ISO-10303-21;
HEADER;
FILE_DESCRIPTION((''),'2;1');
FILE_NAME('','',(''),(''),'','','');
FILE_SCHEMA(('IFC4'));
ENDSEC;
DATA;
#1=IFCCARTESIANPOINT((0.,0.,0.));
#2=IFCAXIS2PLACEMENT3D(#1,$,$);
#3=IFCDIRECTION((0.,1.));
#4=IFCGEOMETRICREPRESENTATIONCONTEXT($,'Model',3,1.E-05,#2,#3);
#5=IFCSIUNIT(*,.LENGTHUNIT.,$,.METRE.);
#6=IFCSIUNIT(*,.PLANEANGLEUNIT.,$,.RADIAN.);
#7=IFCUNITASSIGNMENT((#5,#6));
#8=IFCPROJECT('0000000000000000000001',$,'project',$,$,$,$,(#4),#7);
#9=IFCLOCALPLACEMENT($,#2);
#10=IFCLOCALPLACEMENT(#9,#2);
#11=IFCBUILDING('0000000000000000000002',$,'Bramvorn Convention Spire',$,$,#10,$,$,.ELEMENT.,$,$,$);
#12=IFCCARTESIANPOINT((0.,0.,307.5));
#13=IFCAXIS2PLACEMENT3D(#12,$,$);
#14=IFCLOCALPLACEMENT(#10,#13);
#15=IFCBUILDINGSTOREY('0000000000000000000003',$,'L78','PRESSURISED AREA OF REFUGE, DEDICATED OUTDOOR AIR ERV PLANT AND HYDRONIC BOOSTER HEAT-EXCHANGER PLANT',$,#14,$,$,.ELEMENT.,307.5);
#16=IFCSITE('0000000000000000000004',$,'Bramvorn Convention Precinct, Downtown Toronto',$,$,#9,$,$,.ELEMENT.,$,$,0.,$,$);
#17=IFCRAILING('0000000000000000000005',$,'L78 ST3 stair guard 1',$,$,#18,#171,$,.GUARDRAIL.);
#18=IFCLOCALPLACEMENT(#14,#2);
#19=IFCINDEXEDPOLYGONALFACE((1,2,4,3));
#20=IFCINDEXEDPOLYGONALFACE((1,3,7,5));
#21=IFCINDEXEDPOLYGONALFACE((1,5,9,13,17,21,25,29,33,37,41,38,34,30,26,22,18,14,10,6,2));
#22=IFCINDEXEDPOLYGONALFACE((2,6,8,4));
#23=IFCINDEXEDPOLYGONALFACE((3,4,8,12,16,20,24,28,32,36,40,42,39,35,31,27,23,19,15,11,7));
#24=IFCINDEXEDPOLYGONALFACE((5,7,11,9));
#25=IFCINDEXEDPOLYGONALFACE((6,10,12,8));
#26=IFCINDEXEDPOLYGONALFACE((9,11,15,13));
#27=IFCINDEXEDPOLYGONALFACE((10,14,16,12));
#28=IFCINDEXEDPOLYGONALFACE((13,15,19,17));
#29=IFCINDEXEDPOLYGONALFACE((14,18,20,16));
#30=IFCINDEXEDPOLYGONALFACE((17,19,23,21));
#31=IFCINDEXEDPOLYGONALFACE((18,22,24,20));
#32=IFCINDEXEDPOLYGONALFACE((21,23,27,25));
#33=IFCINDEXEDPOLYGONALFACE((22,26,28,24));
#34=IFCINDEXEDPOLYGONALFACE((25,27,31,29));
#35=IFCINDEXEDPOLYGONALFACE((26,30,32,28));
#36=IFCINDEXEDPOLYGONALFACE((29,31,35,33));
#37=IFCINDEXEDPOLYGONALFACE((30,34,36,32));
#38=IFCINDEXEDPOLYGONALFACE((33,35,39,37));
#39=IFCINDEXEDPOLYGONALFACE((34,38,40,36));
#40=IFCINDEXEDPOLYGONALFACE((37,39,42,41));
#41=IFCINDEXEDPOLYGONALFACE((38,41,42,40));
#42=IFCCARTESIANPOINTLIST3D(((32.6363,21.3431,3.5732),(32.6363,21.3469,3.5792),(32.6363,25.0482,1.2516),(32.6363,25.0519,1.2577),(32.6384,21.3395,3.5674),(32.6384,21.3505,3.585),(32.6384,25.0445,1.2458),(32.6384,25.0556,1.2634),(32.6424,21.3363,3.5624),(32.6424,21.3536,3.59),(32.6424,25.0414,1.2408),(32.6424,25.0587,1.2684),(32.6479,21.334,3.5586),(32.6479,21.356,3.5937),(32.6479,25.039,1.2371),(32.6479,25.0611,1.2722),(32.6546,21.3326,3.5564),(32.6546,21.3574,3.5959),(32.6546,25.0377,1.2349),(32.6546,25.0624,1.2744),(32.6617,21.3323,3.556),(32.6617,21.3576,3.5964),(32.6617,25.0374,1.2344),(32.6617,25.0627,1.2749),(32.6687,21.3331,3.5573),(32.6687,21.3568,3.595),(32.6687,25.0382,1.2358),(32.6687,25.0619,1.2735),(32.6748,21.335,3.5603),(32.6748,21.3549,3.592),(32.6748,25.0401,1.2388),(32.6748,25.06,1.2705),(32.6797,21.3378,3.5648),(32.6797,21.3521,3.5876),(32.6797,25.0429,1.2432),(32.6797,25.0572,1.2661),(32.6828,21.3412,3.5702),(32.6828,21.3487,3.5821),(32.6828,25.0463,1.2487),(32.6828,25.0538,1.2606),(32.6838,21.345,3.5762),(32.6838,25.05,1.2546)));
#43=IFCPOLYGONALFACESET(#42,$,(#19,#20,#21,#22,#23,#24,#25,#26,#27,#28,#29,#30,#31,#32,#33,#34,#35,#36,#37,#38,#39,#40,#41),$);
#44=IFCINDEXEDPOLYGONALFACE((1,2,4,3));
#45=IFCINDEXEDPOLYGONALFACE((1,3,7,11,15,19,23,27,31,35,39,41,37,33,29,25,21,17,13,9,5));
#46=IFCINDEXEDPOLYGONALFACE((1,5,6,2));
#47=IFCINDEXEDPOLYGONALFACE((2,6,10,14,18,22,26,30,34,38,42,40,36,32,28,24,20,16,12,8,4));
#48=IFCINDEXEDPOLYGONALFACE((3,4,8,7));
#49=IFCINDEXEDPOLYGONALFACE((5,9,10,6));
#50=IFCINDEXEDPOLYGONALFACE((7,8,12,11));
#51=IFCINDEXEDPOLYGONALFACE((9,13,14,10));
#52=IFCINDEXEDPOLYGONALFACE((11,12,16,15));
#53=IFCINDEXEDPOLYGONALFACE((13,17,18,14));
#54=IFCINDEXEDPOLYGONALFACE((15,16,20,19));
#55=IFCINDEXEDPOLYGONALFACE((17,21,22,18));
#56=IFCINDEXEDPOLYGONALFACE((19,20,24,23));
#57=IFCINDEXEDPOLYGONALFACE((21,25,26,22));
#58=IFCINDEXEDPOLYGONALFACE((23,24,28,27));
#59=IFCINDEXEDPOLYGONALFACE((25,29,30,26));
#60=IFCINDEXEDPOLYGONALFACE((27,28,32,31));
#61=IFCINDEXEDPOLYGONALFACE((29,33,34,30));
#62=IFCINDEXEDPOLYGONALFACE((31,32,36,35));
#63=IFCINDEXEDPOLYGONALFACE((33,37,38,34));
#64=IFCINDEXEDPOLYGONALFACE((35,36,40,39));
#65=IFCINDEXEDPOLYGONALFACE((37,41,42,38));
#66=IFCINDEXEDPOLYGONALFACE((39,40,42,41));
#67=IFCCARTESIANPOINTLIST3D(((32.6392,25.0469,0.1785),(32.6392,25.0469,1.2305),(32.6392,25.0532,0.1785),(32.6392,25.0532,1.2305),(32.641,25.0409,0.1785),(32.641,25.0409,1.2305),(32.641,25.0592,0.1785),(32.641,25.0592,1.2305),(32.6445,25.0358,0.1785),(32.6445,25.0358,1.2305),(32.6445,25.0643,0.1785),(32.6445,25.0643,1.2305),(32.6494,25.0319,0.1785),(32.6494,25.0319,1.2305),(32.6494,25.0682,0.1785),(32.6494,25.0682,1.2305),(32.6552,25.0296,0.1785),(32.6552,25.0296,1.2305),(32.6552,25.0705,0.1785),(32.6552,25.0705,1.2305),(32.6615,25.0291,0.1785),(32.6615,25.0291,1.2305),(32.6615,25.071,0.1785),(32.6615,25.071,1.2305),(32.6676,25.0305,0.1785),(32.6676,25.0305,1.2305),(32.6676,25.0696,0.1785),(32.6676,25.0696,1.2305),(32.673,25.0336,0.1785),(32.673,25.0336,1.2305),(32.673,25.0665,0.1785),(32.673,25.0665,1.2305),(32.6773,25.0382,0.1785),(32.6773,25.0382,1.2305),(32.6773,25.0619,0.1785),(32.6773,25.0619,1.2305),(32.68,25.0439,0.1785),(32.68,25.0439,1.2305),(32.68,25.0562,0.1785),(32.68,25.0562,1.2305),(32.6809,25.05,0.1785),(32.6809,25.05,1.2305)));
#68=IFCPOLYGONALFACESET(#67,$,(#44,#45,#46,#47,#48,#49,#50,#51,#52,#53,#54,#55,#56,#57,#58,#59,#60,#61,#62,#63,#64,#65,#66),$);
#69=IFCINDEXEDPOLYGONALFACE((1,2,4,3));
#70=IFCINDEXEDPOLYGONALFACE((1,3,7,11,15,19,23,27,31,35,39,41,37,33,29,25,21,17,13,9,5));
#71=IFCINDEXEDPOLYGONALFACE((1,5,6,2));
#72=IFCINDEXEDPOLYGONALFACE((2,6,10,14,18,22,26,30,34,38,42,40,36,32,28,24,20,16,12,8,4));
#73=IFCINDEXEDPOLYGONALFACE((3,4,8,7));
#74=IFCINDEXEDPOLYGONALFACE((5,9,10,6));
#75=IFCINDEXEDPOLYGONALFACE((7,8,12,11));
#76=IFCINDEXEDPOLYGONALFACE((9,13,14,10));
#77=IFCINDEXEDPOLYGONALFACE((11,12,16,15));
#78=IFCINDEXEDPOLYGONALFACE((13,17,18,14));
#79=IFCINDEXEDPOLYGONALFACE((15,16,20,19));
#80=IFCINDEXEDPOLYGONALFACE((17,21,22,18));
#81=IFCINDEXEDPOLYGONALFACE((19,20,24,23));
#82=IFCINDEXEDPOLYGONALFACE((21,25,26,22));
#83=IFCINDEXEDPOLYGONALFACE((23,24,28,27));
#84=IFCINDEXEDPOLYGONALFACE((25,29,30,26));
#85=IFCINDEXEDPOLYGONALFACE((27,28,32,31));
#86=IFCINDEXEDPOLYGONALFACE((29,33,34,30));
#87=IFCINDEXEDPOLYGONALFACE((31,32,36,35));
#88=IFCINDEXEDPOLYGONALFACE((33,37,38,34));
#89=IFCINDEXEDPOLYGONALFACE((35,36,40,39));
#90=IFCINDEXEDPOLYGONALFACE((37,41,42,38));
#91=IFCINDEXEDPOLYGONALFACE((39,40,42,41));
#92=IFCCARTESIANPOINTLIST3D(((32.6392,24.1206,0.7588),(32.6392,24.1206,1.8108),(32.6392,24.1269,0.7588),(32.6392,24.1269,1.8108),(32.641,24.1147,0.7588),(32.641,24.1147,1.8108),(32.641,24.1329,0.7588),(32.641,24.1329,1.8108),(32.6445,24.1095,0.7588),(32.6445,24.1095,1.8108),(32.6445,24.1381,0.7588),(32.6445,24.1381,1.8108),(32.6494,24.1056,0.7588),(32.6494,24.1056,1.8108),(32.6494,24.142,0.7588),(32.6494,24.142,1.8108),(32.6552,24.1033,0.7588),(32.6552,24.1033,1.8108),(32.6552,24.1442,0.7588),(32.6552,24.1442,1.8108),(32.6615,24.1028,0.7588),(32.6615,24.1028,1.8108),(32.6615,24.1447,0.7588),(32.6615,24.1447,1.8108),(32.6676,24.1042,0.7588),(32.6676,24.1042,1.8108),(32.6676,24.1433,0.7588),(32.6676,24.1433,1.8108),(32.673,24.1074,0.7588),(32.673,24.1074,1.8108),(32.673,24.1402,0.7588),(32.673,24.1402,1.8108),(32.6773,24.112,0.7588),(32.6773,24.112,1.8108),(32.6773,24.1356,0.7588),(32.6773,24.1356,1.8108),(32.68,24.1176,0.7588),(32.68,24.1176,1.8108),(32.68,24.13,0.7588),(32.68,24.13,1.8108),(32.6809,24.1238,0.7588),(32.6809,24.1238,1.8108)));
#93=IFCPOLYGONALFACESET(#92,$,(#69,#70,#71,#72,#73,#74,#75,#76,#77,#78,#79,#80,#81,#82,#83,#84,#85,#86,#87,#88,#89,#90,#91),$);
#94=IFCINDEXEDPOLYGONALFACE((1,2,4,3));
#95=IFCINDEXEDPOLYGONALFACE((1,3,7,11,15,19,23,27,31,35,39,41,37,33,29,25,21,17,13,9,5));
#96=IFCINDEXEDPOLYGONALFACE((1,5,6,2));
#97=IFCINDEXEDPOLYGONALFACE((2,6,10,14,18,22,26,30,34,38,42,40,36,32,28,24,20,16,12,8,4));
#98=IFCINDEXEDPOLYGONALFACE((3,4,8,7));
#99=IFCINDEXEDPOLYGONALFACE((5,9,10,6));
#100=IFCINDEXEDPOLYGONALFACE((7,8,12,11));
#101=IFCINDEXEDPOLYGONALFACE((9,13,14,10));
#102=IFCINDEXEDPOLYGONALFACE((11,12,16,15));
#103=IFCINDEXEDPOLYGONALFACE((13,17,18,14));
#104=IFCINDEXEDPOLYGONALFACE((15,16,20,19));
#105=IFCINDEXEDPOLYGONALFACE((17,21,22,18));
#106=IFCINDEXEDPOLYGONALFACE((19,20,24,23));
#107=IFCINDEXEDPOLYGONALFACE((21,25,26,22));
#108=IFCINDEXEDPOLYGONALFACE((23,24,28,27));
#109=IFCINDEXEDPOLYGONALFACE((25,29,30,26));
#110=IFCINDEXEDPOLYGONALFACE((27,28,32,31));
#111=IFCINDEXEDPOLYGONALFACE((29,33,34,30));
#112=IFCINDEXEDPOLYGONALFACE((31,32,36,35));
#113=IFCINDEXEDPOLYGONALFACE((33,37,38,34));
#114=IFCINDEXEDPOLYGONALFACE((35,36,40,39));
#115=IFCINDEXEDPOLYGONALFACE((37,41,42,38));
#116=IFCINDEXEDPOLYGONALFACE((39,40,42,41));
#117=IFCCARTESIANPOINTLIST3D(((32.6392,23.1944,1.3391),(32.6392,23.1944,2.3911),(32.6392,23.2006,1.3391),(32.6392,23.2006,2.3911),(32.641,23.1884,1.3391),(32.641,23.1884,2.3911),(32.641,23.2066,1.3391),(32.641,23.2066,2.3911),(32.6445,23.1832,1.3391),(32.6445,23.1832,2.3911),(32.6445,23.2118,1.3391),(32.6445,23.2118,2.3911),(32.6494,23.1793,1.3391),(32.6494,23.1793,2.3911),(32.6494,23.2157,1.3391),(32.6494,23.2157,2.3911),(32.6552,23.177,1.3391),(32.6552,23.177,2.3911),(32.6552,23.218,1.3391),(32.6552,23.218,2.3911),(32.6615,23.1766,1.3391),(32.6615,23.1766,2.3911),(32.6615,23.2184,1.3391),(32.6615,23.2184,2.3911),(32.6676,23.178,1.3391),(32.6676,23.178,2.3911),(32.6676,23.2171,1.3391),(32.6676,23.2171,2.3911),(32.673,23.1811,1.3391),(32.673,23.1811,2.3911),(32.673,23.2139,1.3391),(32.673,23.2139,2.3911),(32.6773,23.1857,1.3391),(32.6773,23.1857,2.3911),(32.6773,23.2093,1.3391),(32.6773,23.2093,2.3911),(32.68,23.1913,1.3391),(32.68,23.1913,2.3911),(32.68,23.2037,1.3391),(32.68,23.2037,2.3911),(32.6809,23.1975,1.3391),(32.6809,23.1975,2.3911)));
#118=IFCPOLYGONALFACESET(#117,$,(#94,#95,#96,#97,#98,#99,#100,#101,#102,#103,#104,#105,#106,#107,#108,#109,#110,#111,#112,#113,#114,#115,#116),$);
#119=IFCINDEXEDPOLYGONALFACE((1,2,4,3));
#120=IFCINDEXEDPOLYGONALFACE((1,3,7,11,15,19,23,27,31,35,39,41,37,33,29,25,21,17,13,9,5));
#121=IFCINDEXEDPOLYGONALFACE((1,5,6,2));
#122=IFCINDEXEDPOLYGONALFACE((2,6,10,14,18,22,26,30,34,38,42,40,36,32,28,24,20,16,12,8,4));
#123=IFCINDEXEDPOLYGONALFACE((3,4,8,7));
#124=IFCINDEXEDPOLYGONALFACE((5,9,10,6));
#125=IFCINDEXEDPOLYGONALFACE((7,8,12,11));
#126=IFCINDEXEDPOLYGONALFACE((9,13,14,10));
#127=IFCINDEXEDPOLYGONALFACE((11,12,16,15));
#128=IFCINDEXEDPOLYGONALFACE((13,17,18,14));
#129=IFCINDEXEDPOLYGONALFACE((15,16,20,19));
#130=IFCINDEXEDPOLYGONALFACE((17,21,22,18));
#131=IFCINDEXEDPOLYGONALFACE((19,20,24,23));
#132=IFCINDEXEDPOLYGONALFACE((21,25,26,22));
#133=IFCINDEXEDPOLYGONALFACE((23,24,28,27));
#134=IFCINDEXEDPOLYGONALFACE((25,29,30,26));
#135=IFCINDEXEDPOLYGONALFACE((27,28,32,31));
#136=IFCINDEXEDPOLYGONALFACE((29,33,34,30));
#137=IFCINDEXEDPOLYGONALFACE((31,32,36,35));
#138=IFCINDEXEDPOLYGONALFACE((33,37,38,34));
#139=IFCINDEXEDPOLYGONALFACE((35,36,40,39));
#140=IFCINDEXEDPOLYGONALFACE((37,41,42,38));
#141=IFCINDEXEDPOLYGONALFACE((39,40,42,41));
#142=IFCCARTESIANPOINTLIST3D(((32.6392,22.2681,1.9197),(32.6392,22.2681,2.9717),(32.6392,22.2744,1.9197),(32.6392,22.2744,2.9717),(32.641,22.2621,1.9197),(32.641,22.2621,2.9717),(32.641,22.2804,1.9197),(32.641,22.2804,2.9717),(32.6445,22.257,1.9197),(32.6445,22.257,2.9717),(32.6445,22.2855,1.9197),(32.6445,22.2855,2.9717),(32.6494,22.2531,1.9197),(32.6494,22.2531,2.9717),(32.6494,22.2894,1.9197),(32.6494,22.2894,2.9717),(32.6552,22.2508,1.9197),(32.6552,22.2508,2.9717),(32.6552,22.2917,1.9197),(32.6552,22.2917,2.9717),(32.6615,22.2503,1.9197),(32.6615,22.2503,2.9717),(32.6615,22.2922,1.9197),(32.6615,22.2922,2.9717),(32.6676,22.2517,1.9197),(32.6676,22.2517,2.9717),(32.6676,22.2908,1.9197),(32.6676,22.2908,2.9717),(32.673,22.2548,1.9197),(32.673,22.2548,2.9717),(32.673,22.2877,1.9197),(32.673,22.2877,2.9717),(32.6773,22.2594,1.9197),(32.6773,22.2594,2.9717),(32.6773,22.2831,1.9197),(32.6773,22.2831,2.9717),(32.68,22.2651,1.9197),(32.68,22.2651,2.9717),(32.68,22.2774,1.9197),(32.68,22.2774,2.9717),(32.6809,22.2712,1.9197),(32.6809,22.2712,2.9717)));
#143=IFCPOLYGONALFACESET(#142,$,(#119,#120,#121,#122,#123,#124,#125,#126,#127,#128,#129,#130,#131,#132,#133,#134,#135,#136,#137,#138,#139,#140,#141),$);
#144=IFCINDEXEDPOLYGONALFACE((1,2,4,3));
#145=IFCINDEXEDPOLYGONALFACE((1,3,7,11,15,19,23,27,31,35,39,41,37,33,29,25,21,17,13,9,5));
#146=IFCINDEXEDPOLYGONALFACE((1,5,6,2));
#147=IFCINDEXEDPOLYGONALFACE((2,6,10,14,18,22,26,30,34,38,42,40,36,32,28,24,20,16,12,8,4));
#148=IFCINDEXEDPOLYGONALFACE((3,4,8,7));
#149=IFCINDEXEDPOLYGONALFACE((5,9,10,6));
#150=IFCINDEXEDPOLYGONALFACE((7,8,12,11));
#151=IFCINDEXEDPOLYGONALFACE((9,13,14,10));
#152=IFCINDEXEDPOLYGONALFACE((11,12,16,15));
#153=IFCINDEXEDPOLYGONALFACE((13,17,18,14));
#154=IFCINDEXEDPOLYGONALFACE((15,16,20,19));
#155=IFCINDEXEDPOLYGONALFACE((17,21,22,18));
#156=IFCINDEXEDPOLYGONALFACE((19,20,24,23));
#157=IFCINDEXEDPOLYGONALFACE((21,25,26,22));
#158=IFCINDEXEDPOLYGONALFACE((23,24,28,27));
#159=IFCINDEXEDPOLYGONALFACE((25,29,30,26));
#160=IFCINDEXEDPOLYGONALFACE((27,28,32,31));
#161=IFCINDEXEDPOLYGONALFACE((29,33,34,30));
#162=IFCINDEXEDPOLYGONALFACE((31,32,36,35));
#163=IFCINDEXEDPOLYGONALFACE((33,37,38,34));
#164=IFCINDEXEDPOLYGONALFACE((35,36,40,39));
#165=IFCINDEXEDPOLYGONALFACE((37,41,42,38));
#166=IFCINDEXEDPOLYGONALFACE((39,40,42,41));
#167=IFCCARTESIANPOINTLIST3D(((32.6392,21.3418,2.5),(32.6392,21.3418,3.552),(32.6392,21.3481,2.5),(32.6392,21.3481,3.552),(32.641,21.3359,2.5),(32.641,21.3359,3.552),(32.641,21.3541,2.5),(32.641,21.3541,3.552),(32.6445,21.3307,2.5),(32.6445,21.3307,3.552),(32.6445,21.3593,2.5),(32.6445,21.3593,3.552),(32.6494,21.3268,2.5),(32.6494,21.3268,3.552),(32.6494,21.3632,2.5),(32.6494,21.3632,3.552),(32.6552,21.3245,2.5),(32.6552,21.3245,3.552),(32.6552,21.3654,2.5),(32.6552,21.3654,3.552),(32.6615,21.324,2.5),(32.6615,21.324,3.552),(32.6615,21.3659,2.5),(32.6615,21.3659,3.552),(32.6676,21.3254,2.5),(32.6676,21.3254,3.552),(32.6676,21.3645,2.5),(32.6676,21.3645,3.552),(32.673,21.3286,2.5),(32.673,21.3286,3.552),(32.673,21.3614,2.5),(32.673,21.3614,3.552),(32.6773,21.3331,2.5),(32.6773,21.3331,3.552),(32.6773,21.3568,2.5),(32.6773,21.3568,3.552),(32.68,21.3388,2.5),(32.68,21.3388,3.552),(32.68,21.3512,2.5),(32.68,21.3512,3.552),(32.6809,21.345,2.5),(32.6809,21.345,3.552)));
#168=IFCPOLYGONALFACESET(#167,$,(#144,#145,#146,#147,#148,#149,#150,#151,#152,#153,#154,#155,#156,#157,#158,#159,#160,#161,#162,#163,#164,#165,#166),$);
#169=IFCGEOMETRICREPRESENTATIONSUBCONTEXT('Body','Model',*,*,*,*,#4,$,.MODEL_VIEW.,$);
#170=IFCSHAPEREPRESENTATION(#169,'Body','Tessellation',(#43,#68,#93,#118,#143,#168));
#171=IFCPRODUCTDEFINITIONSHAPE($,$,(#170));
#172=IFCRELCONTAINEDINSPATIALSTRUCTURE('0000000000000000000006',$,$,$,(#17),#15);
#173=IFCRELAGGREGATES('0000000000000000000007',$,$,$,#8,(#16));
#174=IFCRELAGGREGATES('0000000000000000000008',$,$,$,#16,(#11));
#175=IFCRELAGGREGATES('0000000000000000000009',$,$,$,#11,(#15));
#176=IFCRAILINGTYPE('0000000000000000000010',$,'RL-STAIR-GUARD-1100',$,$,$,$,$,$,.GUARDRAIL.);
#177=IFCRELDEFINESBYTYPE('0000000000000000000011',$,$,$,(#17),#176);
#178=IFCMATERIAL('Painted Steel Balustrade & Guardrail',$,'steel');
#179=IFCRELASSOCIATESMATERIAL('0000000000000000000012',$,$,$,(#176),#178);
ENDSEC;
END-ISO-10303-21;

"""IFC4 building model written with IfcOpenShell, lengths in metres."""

from ifc_helpers import new_model, si_unit, direction, frame, origin, origin_2d, place, context, subcontext, project, spatial, circle, extrude, material, type_object, element, save


model = new_model("IFC4")

# Units and contexts
model_context = context("Model", 3, precision=1e-05, world=origin(), true_north=direction((0.0, 1.0)))
body_context = subcontext(model_context, "Body", "Model", "MODEL_VIEW")
ifc_project = project(units=[si_unit("LENGTHUNIT", "METRE"), si_unit("PLANEANGLEUNIT", "RADIAN")], contexts=[model_context])

# Site, building, storey
site_placement = place(None, origin())
site = spatial("IfcSite", under=ifc_project, at=site_placement, Name="Bramvorn Convention Precinct, Downtown Toronto", CompositionType="ELEMENT", RefElevation=0.0)
building_placement = place(site_placement, origin())
building = spatial("IfcBuilding", under=site, at=building_placement, Name="Bramvorn Convention Spire", CompositionType="ELEMENT")
storey_placement = place(building_placement, frame((0.0, 0.0, 307.5)))
storey = spatial("IfcBuildingStorey", under=building, at=storey_placement, Name="L78", Description="PRESSURISED AREA OF REFUGE, DEDICATED OUTDOOR AIR ERV PLANT AND HYDRONIC BOOSTER HEAT-EXCHANGER PLANT", CompositionType="ELEMENT", Elevation=307.5)

# Railing
ifc_material_1 = material(Name="Painted Steel Balustrade & Guardrail", Category="steel")
railing_type_1 = type_object("IfcRailingType", Name="RL-STAIR-GUARD-1100", PredefinedType="GUARDRAIL", material=ifc_material_1)
railing_1_placement = place(storey_placement, frame((32.6599, 25.05, 0.1785)))
element("IfcRailing", 1, at=railing_1_placement, inside=storey, type_object=railing_type_1, Name="L78 ST3 stair guard 1", PredefinedType="GUARDRAIL", context=body_context, shape_type="SweptSolid", body=[
    extrude(circle(Radius=0.0239, at=origin_2d()), frame((0.0, 0.0, 1.0762), z_axis=(0.0, -0.847395, 0.530962), x_axis=(1.0, 0.0, 0.0)), (0.0, 0.0, 1.0), 4.3723),
    extrude(circle(Radius=0.021, at=origin_2d()), origin(), (0.0, 0.0, 1.0), 1.052),
    extrude(circle(Radius=0.021, at=origin_2d()), frame((0.0, -0.9263, 0.5803)), (0.0, 0.0, 1.0), 1.052),
    extrude(circle(Radius=0.021, at=origin_2d()), frame((0.0, -1.8525, 1.1606)), (0.0, 0.0, 1.0), 1.052),
    extrude(circle(Radius=0.021, at=origin_2d()), frame((0.0, -2.7788, 1.7412)), (0.0, 0.0, 1.0), 1.052),
    extrude(circle(Radius=0.021, at=origin_2d()), frame((0.0, -3.7051, 2.3215)), (0.0, 0.0, 1.0), 1.052),
])

save(model, "model.ifc")
